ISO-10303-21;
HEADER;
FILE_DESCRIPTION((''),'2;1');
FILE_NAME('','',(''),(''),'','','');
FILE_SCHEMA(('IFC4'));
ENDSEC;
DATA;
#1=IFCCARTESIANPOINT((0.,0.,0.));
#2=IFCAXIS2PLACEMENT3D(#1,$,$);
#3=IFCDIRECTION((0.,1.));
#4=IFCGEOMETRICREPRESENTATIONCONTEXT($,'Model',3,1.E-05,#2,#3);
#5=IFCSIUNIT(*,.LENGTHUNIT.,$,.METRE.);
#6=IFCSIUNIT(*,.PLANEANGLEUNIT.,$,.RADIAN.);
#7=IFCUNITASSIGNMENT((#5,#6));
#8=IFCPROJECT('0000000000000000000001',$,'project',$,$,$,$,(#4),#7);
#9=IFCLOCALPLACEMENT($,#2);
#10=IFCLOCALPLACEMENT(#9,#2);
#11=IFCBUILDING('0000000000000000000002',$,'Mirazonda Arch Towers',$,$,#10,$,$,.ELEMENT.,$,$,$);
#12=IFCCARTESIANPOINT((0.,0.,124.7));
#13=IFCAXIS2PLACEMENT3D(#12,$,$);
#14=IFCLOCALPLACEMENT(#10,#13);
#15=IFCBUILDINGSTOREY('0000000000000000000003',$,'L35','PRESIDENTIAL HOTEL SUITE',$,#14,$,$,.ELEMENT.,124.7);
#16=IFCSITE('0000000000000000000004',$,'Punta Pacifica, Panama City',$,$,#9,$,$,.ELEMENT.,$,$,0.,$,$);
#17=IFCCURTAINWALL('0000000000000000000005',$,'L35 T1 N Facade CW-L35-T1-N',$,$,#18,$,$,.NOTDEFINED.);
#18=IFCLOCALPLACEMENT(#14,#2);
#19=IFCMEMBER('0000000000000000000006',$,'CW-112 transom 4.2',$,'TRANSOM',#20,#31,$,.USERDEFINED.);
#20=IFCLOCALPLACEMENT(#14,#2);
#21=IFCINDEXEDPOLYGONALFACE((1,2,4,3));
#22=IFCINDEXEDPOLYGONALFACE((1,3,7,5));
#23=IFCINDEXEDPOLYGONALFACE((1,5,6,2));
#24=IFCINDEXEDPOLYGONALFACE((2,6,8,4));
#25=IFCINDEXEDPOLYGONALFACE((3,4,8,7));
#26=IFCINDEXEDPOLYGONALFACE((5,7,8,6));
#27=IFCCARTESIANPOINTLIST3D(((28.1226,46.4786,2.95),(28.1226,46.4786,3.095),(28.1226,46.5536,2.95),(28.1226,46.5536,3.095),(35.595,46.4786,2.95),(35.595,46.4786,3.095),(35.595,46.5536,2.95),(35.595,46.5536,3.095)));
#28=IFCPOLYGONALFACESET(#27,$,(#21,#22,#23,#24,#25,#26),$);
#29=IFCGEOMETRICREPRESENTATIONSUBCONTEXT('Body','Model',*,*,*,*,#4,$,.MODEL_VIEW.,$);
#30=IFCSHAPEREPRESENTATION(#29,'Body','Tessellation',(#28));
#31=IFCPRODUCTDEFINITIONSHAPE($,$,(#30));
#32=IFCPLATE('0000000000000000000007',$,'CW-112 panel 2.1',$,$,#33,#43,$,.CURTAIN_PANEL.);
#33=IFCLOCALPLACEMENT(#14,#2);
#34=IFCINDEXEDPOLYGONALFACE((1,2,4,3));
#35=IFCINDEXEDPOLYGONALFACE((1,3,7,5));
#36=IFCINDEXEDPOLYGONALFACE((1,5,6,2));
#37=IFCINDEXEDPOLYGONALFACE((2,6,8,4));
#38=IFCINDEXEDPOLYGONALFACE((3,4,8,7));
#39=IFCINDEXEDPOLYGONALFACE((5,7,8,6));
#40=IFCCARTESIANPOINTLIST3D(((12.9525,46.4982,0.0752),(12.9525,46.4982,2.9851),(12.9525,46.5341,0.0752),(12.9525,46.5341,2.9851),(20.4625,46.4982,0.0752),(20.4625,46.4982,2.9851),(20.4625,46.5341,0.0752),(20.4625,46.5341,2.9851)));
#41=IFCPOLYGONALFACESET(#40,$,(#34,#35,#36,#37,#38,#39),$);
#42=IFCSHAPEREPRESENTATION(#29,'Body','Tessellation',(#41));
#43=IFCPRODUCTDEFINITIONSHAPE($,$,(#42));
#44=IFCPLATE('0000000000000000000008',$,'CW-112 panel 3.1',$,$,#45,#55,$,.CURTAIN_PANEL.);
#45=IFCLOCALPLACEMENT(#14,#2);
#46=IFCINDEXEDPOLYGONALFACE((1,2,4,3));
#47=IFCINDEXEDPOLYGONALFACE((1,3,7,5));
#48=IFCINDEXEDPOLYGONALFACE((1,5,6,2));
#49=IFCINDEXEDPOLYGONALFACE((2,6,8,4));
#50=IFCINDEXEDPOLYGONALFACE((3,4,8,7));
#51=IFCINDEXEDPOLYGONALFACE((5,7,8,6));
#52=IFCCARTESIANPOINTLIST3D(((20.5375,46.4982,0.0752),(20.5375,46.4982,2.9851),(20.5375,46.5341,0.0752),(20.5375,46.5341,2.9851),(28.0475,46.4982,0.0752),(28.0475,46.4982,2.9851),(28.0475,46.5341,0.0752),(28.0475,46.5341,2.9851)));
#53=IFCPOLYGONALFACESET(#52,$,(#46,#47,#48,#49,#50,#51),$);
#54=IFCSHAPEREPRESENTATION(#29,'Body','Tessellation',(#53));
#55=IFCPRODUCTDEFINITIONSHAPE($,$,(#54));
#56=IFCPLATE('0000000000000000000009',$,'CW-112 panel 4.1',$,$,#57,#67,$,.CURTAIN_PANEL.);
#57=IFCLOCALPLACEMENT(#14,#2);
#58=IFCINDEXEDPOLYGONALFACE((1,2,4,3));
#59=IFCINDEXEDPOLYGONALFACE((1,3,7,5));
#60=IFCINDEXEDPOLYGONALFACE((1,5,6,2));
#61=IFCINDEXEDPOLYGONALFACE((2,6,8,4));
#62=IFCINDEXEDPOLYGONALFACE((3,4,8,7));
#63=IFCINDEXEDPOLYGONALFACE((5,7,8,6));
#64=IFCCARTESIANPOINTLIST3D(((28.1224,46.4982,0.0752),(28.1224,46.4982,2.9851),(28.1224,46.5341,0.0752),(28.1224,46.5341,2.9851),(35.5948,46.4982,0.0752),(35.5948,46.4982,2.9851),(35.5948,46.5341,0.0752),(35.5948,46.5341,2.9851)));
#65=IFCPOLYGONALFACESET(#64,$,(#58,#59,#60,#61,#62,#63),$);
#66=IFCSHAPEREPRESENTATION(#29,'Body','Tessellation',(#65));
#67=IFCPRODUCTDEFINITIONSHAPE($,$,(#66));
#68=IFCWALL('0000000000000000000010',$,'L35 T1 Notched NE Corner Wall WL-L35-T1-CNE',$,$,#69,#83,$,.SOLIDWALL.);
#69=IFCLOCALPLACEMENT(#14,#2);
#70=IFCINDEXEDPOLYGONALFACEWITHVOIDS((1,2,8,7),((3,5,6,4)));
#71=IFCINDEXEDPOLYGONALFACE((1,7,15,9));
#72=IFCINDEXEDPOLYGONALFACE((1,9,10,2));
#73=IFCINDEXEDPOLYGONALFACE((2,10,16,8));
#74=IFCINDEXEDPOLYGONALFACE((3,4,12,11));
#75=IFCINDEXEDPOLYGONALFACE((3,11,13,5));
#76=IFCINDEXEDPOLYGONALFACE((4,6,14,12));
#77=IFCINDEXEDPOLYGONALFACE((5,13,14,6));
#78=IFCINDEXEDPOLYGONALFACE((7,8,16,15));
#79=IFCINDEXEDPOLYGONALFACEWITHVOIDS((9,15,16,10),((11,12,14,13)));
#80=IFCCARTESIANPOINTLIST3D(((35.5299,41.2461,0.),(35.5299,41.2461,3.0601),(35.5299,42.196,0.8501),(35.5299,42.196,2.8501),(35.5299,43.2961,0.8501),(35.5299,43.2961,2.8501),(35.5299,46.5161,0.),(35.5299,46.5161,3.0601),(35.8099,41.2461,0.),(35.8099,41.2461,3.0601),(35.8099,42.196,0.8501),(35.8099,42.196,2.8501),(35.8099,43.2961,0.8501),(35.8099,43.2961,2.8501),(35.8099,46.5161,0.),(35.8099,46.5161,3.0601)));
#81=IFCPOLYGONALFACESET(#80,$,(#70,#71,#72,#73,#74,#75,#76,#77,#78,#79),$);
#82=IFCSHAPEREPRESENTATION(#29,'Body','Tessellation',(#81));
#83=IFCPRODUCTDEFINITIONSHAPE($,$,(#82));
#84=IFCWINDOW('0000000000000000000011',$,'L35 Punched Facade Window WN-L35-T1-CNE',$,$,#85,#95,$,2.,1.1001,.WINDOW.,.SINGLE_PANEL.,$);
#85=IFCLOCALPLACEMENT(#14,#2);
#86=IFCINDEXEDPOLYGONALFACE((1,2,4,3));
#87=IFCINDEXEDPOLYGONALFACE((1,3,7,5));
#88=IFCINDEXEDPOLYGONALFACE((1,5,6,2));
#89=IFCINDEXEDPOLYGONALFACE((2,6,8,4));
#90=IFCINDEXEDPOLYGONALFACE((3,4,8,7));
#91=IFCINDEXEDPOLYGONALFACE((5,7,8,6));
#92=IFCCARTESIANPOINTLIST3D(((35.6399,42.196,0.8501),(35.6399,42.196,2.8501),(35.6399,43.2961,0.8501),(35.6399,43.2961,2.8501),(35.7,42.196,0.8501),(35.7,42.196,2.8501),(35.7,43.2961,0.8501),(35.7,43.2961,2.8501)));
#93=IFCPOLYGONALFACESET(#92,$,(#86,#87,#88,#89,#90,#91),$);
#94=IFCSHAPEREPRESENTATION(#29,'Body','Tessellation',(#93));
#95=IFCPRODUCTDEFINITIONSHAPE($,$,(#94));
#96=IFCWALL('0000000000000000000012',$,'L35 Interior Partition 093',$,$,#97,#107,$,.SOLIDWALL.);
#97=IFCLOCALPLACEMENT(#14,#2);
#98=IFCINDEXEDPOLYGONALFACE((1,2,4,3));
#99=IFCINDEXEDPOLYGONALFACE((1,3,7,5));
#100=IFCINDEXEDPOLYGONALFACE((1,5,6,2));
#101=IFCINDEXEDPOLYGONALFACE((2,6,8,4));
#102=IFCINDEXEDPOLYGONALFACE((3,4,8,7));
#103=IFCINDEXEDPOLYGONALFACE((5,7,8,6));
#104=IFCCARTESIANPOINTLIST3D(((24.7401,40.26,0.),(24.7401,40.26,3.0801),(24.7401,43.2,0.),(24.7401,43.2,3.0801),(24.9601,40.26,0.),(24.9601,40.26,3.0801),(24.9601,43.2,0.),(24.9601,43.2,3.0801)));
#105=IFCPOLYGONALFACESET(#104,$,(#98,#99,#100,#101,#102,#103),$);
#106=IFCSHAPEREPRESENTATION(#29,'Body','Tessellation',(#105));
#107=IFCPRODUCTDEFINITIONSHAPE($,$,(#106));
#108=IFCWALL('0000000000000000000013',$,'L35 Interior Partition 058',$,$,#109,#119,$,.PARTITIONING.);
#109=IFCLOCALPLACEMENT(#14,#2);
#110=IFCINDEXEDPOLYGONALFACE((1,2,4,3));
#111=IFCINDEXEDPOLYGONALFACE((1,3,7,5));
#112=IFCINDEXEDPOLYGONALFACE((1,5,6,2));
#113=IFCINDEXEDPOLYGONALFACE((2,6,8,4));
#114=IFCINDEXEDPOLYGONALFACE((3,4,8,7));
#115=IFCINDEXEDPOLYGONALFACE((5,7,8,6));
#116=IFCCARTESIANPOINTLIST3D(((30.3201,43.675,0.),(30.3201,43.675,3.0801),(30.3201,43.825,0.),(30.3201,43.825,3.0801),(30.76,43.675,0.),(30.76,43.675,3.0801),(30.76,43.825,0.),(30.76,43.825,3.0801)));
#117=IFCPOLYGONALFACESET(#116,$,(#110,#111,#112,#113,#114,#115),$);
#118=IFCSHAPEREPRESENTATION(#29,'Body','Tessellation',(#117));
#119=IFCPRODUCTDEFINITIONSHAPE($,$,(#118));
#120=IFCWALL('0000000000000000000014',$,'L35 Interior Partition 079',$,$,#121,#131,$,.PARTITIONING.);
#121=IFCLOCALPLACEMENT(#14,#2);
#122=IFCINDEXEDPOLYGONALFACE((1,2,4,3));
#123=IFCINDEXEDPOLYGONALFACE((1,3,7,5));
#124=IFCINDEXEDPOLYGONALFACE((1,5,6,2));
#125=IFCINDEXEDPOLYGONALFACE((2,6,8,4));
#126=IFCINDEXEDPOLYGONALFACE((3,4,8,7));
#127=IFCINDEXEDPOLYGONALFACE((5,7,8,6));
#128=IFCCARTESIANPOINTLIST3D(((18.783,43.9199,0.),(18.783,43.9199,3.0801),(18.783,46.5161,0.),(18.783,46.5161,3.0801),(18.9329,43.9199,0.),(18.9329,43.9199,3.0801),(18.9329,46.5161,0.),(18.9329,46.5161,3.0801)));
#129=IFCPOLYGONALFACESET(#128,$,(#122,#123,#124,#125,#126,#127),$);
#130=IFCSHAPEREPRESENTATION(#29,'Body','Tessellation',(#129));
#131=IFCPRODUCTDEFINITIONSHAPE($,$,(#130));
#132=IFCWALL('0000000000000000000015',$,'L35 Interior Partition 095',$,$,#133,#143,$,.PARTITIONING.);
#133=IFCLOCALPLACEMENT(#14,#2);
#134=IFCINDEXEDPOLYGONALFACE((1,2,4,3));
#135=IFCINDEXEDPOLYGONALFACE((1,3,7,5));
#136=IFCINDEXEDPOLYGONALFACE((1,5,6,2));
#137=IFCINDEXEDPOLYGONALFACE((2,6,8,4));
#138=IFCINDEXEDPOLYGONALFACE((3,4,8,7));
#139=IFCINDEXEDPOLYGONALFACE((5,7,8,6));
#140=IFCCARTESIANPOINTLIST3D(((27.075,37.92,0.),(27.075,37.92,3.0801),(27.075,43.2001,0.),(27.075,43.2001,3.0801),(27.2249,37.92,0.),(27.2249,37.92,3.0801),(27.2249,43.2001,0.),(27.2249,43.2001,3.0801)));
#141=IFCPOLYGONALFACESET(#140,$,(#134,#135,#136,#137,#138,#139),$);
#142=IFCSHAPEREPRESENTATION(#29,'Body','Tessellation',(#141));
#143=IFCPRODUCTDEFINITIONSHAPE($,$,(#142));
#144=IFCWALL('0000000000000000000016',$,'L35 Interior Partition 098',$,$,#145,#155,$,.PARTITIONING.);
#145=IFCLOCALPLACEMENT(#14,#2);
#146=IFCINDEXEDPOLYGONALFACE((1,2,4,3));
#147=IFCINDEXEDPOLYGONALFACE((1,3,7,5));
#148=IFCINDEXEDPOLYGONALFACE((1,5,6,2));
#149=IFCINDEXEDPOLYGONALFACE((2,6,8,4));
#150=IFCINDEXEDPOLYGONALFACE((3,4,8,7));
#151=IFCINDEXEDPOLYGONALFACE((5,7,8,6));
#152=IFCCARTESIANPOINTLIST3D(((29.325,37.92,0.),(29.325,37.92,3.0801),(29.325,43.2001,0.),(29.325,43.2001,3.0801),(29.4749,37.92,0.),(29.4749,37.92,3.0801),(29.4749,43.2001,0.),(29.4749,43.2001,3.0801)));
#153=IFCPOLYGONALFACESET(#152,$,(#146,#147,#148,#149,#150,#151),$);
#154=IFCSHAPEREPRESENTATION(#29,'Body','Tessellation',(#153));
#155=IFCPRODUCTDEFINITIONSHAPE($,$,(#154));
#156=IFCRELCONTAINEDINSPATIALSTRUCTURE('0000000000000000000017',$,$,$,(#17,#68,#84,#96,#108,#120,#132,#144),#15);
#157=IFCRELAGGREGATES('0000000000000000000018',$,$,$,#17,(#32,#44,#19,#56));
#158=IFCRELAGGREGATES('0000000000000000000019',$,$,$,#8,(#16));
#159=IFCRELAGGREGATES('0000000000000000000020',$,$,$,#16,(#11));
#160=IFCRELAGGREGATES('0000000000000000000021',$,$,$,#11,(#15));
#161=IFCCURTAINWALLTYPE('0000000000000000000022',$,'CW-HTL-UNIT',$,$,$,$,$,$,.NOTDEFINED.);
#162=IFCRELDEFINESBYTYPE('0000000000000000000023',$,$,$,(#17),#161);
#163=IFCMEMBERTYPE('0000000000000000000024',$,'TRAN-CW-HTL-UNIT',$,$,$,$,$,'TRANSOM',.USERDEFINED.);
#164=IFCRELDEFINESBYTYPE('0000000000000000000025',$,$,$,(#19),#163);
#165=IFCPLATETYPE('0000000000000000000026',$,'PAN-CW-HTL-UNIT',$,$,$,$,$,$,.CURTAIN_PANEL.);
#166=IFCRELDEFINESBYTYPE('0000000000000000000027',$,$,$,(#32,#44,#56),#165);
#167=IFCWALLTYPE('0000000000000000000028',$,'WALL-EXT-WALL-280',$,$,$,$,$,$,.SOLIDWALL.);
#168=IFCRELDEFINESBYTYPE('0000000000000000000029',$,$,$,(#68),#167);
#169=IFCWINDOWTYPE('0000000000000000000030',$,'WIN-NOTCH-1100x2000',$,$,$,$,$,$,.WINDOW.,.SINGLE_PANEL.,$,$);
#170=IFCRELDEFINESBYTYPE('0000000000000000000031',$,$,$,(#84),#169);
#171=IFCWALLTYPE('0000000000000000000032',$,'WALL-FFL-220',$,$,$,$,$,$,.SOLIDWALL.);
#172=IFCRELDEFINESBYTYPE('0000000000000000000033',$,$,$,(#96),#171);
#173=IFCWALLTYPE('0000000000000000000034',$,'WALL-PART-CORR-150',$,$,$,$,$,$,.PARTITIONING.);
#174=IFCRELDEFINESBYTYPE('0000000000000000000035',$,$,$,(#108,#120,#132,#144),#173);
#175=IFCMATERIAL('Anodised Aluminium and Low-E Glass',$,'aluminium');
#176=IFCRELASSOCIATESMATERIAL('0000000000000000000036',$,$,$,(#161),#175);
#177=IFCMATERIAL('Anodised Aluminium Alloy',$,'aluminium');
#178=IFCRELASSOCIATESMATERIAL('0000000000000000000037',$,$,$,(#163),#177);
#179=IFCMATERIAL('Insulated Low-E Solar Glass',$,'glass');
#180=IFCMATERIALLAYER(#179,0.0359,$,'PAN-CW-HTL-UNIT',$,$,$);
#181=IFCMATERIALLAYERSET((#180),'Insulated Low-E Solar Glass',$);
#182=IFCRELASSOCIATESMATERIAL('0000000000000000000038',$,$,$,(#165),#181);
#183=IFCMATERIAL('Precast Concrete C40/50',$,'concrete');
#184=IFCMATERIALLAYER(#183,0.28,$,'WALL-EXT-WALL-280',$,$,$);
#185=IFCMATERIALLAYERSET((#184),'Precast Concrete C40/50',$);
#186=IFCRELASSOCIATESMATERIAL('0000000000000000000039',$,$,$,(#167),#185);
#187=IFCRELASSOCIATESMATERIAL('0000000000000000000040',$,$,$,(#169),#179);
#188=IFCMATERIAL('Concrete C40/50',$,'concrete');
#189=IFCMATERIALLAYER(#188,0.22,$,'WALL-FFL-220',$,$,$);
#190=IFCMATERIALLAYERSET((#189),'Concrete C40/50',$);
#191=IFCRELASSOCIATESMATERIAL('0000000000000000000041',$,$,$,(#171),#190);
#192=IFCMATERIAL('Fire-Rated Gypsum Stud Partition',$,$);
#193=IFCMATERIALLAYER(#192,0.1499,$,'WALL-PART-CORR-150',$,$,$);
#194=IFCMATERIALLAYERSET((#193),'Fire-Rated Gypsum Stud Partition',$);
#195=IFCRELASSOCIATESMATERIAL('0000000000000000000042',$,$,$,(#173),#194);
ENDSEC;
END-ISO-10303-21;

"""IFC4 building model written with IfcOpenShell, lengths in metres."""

from ifc_helpers import new_model, si_unit, direction, frame, frame_2d, origin, origin_2d, place, context, subcontext, project, spatial, rectangle, extrude, material, layer, layer_set, material_profile, profile_set, type_object, element, fill, aggregate, save


model = new_model("IFC4")

# Units and contexts
model_context = context("Model", 3, precision=1e-05, world=origin(), true_north=direction((0.0, 1.0)))
body_context = subcontext(model_context, "Body", "Model", "MODEL_VIEW")
ifc_project = project(units=[si_unit("LENGTHUNIT", "METRE"), si_unit("PLANEANGLEUNIT", "RADIAN")], contexts=[model_context])

# Site, building, storey
site_placement = place(None, origin())
site = spatial("IfcSite", under=ifc_project, at=site_placement, Name="Punta Pacifica, Panama City", CompositionType="ELEMENT", RefElevation=0.0)
building_placement = place(site_placement, origin())
building = spatial("IfcBuilding", under=site, at=building_placement, Name="Mirazonda Arch Towers", CompositionType="ELEMENT")
storey_placement = place(building_placement, frame((0.0, 0.0, 124.7)))
storey = spatial("IfcBuildingStorey", under=building, at=storey_placement, Name="L35", Description="PRESIDENTIAL HOTEL SUITE", CompositionType="ELEMENT", Elevation=124.7)

# Curtain wall, member, plates
ifc_material_1 = material(Name="Anodised Aluminium and Low-E Glass", Category="aluminium")
curtain_wall_type = type_object("IfcCurtainWallType", Name="CW-HTL-UNIT", PredefinedType="NOTDEFINED", material=ifc_material_1)
curtain_wall_placement = place(storey_placement, origin())
curtain_wall = element("IfcCurtainWall", 1, at=curtain_wall_placement, inside=storey, type_object=curtain_wall_type, Name="L35 T1 N Facade CW-L35-T1-N", PredefinedType="NOTDEFINED")
ifc_material_2 = material(Name="Anodised Aluminium Alloy", Category="aluminium")
ifc_material_profile_1 = material_profile(ifc_material_2, rectangle(XDim=0.075, YDim=0.145, at=origin_2d()), Name="ALU-TRAN-75x145")
ifc_profile_set_1 = profile_set([ifc_material_profile_1], Name="Anodised Aluminium Alloy")
member_type_1 = type_object("IfcMemberType", Name="TRAN-CW-HTL-UNIT", ElementType="TRANSOM", PredefinedType="USERDEFINED", material=ifc_profile_set_1)
member_1_placement = place(storey_placement, frame((28.1226, 46.5161, 3.0225), z_axis=(1.0, 0.0, 0.0), x_axis=(0.0, 1.0, 0.0)))
member_1 = element("IfcMember", 2, at=member_1_placement, type_object=member_type_1, Name="CW-112 transom 4.2", ObjectType="TRANSOM", PredefinedType="USERDEFINED", context=body_context, shape_type="SweptSolid", body=[
    extrude(rectangle(XDim=0.075, YDim=0.145, at=origin_2d()), origin(), (0.0, 0.0, 1.0), 7.4724),
])
ifc_material_3 = material(Name="Insulated Low-E Solar Glass", Category="glass")
ifc_layer_1 = layer(ifc_material_3, 0.0359, Name="PAN-CW-HTL-UNIT")
ifc_layer_set_1 = layer_set([ifc_layer_1], Name="Insulated Low-E Solar Glass")
plate_type = type_object("IfcPlateType", Name="PAN-CW-HTL-UNIT", PredefinedType="CURTAIN_PANEL", material=ifc_layer_set_1)
plate_1_placement = place(storey_placement, frame((16.7075, 46.5161, 0.0752), z_axis=(0.0, 0.0, 1.0), x_axis=(1.0, 0.0, 0.0)))
plate_1 = element("IfcPlate", 3, at=plate_1_placement, type_object=plate_type, Name="CW-112 panel 2.1", PredefinedType="CURTAIN_PANEL", context=body_context, shape_type="SweptSolid", body=[
    extrude(rectangle(XDim=7.51, YDim=0.0359, at=origin_2d()), origin(), (0.0, 0.0, 1.0), 2.9099),
])
plate_2_placement = place(storey_placement, frame((24.2925, 46.5161, 0.0752), z_axis=(0.0, 0.0, 1.0), x_axis=(1.0, 0.0, 0.0)))
plate_2 = element("IfcPlate", 4, at=plate_2_placement, type_object=plate_type, Name="CW-112 panel 3.1", PredefinedType="CURTAIN_PANEL", context=body_context, shape_type="SweptSolid", body=[
    extrude(rectangle(XDim=7.51, YDim=0.0359, at=origin_2d()), origin(), (0.0, 0.0, 1.0), 2.9099),
])
plate_3_placement = place(storey_placement, frame((31.8586, 46.5161, 0.0752), z_axis=(0.0, 0.0, 1.0), x_axis=(1.0, 0.0, 0.0)))
plate_3 = element("IfcPlate", 5, at=plate_3_placement, type_object=plate_type, Name="CW-112 panel 4.1", PredefinedType="CURTAIN_PANEL", context=body_context, shape_type="SweptSolid", body=[
    extrude(rectangle(XDim=7.4724, YDim=0.0359, at=origin_2d()), origin(), (0.0, 0.0, 1.0), 2.9099),
])
aggregate(curtain_wall, [plate_1, plate_2, member_1, plate_3])

# Wall, opening, window
ifc_material_4 = material(Name="Precast Concrete C40/50", Category="concrete")
ifc_layer_2 = layer(ifc_material_4, 0.28, Name="WALL-EXT-WALL-280")
ifc_layer_set_2 = layer_set([ifc_layer_2], Name="Precast Concrete C40/50")
wall_type_1 = type_object("IfcWallType", Name="WALL-EXT-WALL-280", PredefinedType="SOLIDWALL", material=ifc_layer_set_2)
wall_1_placement = place(storey_placement, frame((35.6699, 41.2461, 0.0), z_axis=(0.0, 0.0, 1.0), x_axis=(0.0, 1.0, 0.0)))
wall_1 = element("IfcWall", 6, at=wall_1_placement, inside=storey, type_object=wall_type_1, Name="L35 T1 Notched NE Corner Wall WL-L35-T1-CNE", PredefinedType="SOLIDWALL", context=body_context, shape_type="SweptSolid", body=[
    extrude(rectangle(XDim=5.27, YDim=0.28, at=frame_2d((2.635, 0.0))), origin(), (0.0, 0.0, 1.0), 3.0601),
])
opening_1_placement = place(wall_1_placement, frame((0.95, 0.0, 0.8501)))
opening_1 = element("IfcOpeningElement", 7, at=opening_1_placement, cuts=wall_1, PredefinedType="OPENING", context=body_context, shape_type="SweptSolid", body=[
    extrude(rectangle(XDim=1.1001, YDim=2.0, at=frame_2d((0.55, 1.0))), frame((0.0, 0.1499, 0.0), z_axis=(0.0, -1.0, 0.0), x_axis=(1.0, 0.0, 0.0)), (0.0, 0.0, 1.0), 0.3),
])
window_type = type_object("IfcWindowType", Name="WIN-NOTCH-1100x2000", PartitioningType="SINGLE_PANEL", PredefinedType="WINDOW", material=ifc_material_3)
window_placement = place(opening_1_placement, origin())
window = element("IfcWindow", 8, at=window_placement, inside=storey, type_object=window_type, Name="L35 Punched Facade Window WN-L35-T1-CNE", OverallHeight=2.0, OverallWidth=1.1001, PartitioningType="SINGLE_PANEL", PredefinedType="WINDOW", context=body_context, shape_type="SweptSolid", body=[
    extrude(rectangle(XDim=1.1001, YDim=2.0, at=frame_2d((0.55, 1.0))), frame((0.0, 0.03, 0.0), z_axis=(0.0, -1.0, 0.0), x_axis=(1.0, 0.0, 0.0)), (0.0, 0.0, 1.0), 0.0601),
])
fill(opening_1, window)

# Walls
ifc_material_5 = material(Name="Concrete C40/50", Category="concrete")
ifc_layer_3 = layer(ifc_material_5, 0.22, Name="WALL-FFL-220")
ifc_layer_set_3 = layer_set([ifc_layer_3], Name="Concrete C40/50")
wall_type_2 = type_object("IfcWallType", Name="WALL-FFL-220", PredefinedType="SOLIDWALL", material=ifc_layer_set_3)
wall_2_placement = place(storey_placement, frame((24.8501, 40.26, 0.0), z_axis=(0.0, 0.0, 1.0), x_axis=(0.0, 1.0, 0.0)))
element("IfcWall", 9, at=wall_2_placement, inside=storey, type_object=wall_type_2, Name="L35 Interior Partition 093", PredefinedType="SOLIDWALL", context=body_context, shape_type="SweptSolid", body=[
    extrude(rectangle(XDim=2.9399, YDim=0.22, at=frame_2d((1.47, 0.0))), origin(), (0.0, 0.0, 1.0), 3.0801),
])
ifc_material_6 = material(Name="Fire-Rated Gypsum Stud Partition")
ifc_layer_4 = layer(ifc_material_6, 0.1499, Name="WALL-PART-CORR-150")
ifc_layer_set_4 = layer_set([ifc_layer_4], Name="Fire-Rated Gypsum Stud Partition")
wall_type_3 = type_object("IfcWallType", Name="WALL-PART-CORR-150", PredefinedType="PARTITIONING", material=ifc_layer_set_4)
wall_3_placement = place(storey_placement, frame((30.3201, 43.75, 0.0), z_axis=(0.0, 0.0, 1.0), x_axis=(1.0, 0.0, 0.0)))
element("IfcWall", 10, at=wall_3_placement, inside=storey, type_object=wall_type_3, Name="L35 Interior Partition 058", PredefinedType="PARTITIONING", context=body_context, shape_type="SweptSolid", body=[
    extrude(rectangle(XDim=0.4399, YDim=0.1499, at=frame_2d((0.22, 0.0))), origin(), (0.0, 0.0, 1.0), 3.0801),
])
wall_4_placement = place(storey_placement, frame((18.8579, 43.9199, 0.0), z_axis=(0.0, 0.0, 1.0), x_axis=(0.0, 1.0, 0.0)))
element("IfcWall", 11, at=wall_4_placement, inside=storey, type_object=wall_type_3, Name="L35 Interior Partition 079", PredefinedType="PARTITIONING", context=body_context, shape_type="SweptSolid", body=[
    extrude(rectangle(XDim=2.5962, YDim=0.1499, at=frame_2d((1.2981, 0.0))), origin(), (0.0, 0.0, 1.0), 3.0801),
])
for number, where, z_axis, x_axis, name in (
    (12, (27.1499, 37.9199, 0.0), (0.0, 0.0, 1.0), (0.0, 1.0, 0.0), "L35 Interior Partition 095"),
    (13, (29.3999, 37.9199, 0.0), (0.0, 0.0, 1.0), (0.0, 1.0, 0.0), "L35 Interior Partition 098"),
):
    element("IfcWall", number, at=place(storey_placement, frame(where, z_axis=z_axis, x_axis=x_axis)), inside=storey, type_object=wall_type_3, Name=name, PredefinedType="PARTITIONING", context=body_context, shape_type="SweptSolid", body=[
        extrude(rectangle(XDim=5.28, YDim=0.1499, at=frame_2d((2.6401, 0.0))), origin(), (0.0, 0.0, 1.0), 3.0801),
    ])

save(model, "model.ifc")
